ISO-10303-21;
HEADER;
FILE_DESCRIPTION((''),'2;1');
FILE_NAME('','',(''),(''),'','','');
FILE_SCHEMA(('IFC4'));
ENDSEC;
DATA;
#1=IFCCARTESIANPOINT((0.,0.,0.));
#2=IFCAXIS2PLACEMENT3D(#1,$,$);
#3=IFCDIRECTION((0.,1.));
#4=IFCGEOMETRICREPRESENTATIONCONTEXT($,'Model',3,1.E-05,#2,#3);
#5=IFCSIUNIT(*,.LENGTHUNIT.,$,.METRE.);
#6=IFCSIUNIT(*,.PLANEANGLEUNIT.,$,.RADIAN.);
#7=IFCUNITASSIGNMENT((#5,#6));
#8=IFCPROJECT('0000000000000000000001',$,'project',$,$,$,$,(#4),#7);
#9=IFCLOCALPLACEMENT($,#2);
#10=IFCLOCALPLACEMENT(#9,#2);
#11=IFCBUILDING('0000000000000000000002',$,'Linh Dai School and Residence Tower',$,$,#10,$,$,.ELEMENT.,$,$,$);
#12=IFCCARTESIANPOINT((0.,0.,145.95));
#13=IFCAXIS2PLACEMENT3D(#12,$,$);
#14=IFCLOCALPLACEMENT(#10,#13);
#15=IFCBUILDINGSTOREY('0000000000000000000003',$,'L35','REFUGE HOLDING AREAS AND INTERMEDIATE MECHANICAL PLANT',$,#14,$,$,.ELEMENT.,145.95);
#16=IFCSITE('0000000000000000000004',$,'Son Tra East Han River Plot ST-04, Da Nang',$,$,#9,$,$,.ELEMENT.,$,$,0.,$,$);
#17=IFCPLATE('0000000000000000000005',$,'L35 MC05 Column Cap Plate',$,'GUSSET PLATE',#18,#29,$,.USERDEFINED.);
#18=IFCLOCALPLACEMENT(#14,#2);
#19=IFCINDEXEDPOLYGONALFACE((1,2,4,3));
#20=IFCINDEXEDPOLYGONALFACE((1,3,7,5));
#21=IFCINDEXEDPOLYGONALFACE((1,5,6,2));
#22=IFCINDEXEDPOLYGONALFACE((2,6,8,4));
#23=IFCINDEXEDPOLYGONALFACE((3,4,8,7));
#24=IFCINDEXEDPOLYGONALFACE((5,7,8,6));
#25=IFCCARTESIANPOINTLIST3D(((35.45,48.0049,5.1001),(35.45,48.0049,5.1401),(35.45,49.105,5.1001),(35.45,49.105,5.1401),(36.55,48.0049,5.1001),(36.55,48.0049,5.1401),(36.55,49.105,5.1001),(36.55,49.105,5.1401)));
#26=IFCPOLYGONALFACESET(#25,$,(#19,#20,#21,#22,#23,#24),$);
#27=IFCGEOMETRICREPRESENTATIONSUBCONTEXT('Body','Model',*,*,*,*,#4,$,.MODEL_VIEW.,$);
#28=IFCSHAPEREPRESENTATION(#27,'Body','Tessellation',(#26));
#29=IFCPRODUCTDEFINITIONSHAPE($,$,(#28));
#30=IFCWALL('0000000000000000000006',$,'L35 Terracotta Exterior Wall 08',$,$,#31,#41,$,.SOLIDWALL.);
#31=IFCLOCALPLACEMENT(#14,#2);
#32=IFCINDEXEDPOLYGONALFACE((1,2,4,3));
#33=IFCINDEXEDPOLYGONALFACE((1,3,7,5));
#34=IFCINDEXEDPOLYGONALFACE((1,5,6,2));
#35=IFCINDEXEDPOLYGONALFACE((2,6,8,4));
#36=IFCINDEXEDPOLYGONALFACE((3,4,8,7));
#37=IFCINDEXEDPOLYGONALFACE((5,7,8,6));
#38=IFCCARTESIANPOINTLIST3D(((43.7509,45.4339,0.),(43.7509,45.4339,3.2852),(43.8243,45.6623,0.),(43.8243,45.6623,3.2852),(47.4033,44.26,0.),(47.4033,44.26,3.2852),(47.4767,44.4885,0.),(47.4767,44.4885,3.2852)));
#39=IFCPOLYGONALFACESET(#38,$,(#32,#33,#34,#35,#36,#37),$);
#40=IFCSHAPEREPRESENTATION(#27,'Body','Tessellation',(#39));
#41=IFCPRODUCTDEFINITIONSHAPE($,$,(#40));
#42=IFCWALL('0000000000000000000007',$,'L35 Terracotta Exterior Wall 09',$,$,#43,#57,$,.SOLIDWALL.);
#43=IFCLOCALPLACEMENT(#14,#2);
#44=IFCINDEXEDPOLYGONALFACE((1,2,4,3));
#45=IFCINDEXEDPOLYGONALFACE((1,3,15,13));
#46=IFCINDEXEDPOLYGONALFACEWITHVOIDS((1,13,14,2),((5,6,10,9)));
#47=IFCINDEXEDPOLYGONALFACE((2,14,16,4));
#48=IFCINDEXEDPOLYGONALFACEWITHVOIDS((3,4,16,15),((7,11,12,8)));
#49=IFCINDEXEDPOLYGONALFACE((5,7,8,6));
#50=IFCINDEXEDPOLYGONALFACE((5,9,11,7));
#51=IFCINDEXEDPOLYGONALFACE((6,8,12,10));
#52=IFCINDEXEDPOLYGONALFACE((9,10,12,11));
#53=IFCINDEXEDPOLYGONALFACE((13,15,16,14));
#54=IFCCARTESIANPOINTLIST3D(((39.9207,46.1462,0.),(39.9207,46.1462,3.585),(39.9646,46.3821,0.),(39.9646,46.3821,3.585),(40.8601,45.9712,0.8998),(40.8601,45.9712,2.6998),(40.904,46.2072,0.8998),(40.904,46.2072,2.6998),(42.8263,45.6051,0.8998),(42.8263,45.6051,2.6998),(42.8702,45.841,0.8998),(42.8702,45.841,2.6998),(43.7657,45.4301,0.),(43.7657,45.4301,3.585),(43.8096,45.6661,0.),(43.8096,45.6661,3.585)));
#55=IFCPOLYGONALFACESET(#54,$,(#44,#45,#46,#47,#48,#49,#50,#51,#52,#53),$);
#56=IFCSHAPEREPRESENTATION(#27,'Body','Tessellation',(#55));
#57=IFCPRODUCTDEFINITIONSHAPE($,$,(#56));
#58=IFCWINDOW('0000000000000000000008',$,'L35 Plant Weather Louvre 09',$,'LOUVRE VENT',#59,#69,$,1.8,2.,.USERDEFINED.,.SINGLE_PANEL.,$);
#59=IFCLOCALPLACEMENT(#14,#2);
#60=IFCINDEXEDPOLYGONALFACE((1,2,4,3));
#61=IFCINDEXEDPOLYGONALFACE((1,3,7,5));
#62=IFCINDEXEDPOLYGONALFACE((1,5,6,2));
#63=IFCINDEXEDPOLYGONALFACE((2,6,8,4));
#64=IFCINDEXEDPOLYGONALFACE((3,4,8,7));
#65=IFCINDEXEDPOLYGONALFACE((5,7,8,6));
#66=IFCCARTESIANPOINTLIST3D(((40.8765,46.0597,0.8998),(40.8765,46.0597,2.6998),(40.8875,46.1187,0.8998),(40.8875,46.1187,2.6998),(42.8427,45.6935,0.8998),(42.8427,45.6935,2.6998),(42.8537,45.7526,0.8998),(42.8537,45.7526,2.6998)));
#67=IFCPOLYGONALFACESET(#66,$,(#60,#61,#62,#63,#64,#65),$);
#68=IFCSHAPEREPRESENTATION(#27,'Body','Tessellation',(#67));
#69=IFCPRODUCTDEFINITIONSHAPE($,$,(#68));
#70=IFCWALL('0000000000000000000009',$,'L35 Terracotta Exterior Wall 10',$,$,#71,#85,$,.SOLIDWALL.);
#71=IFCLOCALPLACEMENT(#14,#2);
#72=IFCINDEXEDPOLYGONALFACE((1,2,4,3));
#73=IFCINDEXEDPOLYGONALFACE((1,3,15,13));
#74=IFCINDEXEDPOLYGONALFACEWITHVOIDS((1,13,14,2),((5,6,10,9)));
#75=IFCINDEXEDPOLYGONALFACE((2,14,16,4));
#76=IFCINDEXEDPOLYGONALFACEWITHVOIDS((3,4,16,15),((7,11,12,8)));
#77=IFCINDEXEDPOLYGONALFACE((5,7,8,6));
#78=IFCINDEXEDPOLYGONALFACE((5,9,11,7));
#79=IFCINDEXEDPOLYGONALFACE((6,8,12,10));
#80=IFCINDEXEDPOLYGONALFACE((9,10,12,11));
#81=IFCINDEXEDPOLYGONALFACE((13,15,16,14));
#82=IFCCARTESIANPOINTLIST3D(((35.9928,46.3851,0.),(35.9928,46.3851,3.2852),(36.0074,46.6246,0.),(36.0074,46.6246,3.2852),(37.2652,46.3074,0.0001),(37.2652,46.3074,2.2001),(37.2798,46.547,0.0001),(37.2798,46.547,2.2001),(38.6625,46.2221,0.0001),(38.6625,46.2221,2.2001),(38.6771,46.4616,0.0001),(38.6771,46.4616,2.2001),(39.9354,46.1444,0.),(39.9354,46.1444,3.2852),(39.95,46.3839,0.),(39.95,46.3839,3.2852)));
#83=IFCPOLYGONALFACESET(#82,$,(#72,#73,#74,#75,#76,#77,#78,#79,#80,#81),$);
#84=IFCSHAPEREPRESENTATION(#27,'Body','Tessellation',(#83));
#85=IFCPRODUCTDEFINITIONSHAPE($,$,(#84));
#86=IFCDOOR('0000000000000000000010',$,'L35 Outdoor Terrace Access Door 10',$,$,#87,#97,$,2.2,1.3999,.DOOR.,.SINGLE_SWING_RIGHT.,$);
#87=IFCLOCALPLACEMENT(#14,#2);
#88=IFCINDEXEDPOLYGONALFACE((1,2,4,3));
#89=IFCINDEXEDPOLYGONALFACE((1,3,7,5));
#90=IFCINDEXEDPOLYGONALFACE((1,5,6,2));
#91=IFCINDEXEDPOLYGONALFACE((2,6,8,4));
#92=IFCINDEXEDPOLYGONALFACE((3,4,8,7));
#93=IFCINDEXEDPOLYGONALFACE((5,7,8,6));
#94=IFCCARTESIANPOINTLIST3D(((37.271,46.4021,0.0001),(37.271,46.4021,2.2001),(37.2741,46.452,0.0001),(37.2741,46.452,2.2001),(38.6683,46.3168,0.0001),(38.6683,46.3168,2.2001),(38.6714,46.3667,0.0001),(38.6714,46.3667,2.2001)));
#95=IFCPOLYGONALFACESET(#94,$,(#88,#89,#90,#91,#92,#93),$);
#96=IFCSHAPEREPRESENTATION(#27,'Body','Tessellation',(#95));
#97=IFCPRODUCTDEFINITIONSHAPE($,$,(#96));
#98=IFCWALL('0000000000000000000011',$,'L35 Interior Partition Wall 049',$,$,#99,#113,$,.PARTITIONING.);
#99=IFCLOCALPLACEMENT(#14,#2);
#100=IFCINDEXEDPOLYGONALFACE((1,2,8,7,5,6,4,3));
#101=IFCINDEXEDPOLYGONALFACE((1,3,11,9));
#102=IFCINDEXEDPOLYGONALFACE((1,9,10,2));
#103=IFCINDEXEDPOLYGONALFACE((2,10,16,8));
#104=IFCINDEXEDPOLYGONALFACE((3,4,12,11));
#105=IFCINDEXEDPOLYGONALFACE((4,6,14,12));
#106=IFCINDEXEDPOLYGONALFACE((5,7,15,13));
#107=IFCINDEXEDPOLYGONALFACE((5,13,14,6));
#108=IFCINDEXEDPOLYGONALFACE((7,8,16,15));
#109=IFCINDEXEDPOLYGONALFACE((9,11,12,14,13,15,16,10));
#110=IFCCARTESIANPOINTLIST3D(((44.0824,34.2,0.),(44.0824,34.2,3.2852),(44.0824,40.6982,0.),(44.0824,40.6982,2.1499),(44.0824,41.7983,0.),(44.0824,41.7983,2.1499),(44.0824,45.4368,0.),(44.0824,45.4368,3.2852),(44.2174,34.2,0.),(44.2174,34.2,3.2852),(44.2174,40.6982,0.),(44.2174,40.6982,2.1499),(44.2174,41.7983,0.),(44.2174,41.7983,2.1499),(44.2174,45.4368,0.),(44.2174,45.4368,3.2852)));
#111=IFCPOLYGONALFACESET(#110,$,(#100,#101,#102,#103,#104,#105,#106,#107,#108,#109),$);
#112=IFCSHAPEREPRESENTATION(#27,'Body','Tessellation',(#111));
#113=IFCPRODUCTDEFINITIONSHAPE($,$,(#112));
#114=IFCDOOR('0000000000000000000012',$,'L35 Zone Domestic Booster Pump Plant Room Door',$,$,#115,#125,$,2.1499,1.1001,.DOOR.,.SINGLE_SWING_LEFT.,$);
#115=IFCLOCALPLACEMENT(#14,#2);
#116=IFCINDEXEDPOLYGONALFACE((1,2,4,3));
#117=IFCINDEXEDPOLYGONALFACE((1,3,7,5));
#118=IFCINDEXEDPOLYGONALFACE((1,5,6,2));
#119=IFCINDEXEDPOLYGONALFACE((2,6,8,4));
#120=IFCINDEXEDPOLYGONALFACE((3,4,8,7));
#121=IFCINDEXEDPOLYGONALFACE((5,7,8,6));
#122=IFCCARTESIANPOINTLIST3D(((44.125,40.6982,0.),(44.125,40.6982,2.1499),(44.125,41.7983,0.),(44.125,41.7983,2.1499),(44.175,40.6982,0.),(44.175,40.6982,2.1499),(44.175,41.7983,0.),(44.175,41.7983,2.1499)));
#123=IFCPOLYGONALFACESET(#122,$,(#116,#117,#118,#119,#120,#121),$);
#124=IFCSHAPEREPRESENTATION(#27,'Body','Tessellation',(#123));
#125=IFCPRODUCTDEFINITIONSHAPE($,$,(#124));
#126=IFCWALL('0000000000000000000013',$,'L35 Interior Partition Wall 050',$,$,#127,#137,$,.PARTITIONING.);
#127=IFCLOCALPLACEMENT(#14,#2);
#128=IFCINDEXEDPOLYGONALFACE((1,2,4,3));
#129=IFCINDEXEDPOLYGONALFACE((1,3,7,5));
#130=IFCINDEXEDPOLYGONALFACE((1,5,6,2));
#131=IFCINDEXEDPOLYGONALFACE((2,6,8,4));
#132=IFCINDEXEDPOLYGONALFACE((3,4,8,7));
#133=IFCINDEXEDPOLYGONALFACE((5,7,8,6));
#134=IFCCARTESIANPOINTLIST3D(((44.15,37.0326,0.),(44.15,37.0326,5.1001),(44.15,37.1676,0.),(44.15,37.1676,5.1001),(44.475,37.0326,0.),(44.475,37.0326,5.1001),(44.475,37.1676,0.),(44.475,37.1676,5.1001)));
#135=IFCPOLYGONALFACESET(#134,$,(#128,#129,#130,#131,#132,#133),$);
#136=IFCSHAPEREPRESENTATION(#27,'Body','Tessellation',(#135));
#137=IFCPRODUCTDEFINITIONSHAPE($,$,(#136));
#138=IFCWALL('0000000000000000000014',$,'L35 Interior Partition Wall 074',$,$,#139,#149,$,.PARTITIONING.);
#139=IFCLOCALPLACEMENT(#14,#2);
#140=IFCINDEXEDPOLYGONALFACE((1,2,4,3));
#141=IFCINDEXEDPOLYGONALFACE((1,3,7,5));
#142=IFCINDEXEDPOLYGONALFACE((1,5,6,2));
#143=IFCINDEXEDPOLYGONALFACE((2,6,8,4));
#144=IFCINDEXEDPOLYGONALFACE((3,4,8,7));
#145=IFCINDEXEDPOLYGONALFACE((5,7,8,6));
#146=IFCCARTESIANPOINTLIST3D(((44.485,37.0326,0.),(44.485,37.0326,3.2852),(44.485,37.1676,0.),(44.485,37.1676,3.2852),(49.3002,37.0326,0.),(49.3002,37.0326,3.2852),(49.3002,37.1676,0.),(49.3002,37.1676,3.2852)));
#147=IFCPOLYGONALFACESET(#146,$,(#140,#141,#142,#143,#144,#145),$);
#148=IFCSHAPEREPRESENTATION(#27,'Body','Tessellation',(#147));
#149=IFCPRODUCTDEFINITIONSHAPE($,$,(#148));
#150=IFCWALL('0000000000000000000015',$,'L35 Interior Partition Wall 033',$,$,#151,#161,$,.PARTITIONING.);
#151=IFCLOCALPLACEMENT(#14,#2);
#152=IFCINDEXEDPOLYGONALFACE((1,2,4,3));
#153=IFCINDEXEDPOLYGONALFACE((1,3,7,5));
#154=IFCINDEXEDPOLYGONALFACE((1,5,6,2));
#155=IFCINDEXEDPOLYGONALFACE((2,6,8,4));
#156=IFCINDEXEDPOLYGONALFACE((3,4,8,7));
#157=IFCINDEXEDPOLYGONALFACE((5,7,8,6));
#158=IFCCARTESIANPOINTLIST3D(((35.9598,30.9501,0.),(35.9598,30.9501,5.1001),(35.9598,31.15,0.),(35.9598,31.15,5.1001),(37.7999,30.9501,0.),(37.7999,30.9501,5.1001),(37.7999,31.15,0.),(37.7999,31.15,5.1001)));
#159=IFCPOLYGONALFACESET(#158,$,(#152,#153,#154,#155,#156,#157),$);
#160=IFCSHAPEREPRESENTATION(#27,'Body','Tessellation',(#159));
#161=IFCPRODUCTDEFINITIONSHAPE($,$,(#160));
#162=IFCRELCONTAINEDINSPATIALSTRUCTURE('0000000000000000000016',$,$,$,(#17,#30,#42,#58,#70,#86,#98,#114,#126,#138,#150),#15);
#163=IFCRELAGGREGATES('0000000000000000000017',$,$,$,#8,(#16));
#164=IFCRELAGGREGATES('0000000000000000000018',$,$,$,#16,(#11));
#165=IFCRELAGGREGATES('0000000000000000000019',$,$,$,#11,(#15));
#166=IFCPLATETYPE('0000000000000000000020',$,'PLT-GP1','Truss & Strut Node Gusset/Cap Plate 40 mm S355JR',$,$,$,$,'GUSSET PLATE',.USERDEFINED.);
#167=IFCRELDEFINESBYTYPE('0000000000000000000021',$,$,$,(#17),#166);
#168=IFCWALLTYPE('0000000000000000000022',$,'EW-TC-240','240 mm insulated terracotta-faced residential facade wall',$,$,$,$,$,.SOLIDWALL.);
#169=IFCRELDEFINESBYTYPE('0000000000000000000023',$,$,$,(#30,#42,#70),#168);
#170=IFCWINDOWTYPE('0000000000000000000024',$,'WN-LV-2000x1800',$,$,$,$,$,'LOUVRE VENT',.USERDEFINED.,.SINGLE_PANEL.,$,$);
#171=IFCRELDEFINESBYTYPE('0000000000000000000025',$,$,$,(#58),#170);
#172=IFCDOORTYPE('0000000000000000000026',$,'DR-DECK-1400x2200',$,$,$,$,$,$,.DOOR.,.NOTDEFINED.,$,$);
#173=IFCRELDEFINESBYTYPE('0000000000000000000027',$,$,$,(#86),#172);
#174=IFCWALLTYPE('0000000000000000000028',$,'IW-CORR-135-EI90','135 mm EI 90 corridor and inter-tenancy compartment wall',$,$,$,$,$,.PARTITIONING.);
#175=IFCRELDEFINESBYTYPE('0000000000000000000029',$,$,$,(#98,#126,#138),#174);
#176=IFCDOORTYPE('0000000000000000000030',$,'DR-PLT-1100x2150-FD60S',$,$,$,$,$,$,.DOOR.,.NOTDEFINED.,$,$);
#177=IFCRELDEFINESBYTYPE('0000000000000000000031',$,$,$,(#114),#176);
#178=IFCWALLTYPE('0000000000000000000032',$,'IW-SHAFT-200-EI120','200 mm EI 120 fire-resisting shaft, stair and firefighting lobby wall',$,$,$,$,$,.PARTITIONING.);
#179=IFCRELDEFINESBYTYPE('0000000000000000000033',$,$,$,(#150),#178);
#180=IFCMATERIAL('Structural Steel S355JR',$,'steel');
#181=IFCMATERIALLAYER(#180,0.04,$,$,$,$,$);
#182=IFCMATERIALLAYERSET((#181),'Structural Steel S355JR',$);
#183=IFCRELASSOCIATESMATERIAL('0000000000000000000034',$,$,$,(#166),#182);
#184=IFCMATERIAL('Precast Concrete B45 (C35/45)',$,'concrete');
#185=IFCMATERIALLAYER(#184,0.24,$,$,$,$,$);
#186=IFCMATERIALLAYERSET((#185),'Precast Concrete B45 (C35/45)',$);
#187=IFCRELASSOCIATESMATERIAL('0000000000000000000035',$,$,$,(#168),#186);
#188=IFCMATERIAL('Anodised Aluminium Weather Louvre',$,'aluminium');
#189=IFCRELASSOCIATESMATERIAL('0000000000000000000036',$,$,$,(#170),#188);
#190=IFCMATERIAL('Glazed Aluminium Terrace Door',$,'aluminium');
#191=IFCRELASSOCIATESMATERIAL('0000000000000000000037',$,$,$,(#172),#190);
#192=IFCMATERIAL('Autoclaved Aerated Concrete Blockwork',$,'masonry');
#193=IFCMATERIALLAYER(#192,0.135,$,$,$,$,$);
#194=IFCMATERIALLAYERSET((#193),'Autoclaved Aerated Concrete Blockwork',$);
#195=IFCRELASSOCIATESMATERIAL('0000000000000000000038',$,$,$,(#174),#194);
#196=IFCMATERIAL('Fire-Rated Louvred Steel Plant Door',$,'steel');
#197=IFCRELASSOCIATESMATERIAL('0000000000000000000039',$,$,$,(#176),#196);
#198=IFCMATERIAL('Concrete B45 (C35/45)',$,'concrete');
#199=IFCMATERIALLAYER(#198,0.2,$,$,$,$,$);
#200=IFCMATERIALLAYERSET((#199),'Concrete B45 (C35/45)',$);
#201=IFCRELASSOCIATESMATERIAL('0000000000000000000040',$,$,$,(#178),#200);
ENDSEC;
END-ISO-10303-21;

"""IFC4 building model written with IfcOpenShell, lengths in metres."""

from ifc_helpers import new_model, si_unit, direction, frame, frame_2d, origin, origin_2d, place, context, subcontext, project, spatial, rectangle, extrude, source, transform, mapped, material, layer, layer_set, type_object, element, fill, save


model = new_model("IFC4")

# Units and contexts
model_context = context("Model", 3, precision=1e-05, world=origin(), true_north=direction((0.0, 1.0)))
body_context = subcontext(model_context, "Body", "Model", "MODEL_VIEW")
ifc_project = project(units=[si_unit("LENGTHUNIT", "METRE"), si_unit("PLANEANGLEUNIT", "RADIAN")], contexts=[model_context])

# Site, building, storey
site_placement = place(None, origin())
site = spatial("IfcSite", under=ifc_project, at=site_placement, Name="Son Tra East Han River Plot ST-04, Da Nang", CompositionType="ELEMENT", RefElevation=0.0)
building_placement = place(site_placement, origin())
building = spatial("IfcBuilding", under=site, at=building_placement, Name="Linh Dai School and Residence Tower", CompositionType="ELEMENT")
storey_placement = place(building_placement, frame((0.0, 0.0, 145.95)))
storey = spatial("IfcBuildingStorey", under=building, at=storey_placement, Name="L35", Description="REFUGE HOLDING AREAS AND INTERMEDIATE MECHANICAL PLANT", CompositionType="ELEMENT", Elevation=145.95)

# Shared definitions
ifc_material_1 = material(Name="Structural Steel S355JR", Category="steel")

# Plate
ifc_layer_1 = layer(ifc_material_1, 0.04)
ifc_layer_set_1 = layer_set([ifc_layer_1], Name="Structural Steel S355JR")
plate_type = type_object("IfcPlateType", Name="PLT-GP1", Description="Truss & Strut Node Gusset/Cap Plate 40 mm S355JR", ElementType="GUSSET PLATE", PredefinedType="USERDEFINED", material=ifc_layer_set_1)
shared_shape_1 = source(origin(), body_context, "Body", "SweptSolid", [
    extrude(rectangle(XDim=1.1001, YDim=1.1001, at=origin_2d()), origin(), (0.0, 0.0, 1.0), 0.04),
])
plate_placement = place(storey_placement, frame((36.0, 48.5549, 5.1001), z_axis=(0.0, 0.0, 1.0), x_axis=(1.0, 0.0, 0.0)))
element("IfcPlate", 1, at=plate_placement, inside=storey, type_object=plate_type, Name="L35 MC05 Column Cap Plate", ObjectType="GUSSET PLATE", PredefinedType="USERDEFINED", context=body_context, shape_type="MappedRepresentation", body=[
    mapped(shared_shape_1, transform((0.0, 0.0, 0.0), x_axis=(1.0, 0.0, 0.0), y_axis=(0.0, 1.0, 0.0), z_axis=(0.0, 0.0, 1.0), scale=1.0)),
])

# Wall
ifc_material_2 = material(Name="Precast Concrete B45 (C35/45)", Category="concrete")
ifc_layer_2 = layer(ifc_material_2, 0.24)
ifc_layer_set_2 = layer_set([ifc_layer_2], Name="Precast Concrete B45 (C35/45)")
wall_type_1 = type_object("IfcWallType", Name="EW-TC-240", Description="240 mm insulated terracotta-faced residential facade wall", PredefinedType="SOLIDWALL", material=ifc_layer_set_2)
wall_1_placement = place(storey_placement, frame((43.7876, 45.5481, 0.0), z_axis=(0.0, 0.0, 1.0), x_axis=(0.952039, -0.305976, 0.0)))
element("IfcWall", 2, at=wall_1_placement, inside=storey, type_object=wall_type_1, Name="L35 Terracotta Exterior Wall 08", PredefinedType="SOLIDWALL", context=body_context, shape_type="SweptSolid", body=[
    extrude(rectangle(XDim=3.8364, YDim=0.24, at=frame_2d((1.9182, 0.0))), origin(), (0.0, 0.0, 1.0), 3.2852),
])

# Wall, opening, window
wall_2_placement = place(storey_placement, frame((39.9426, 46.2642, 0.0), z_axis=(0.0, 0.0, 1.0), x_axis=(0.983097, -0.183086, 0.0)))
wall_2 = element("IfcWall", 3, at=wall_2_placement, inside=storey, type_object=wall_type_1, Name="L35 Terracotta Exterior Wall 09", PredefinedType="SOLIDWALL", context=body_context, shape_type="SweptSolid", body=[
    extrude(rectangle(XDim=3.9111, YDim=0.24, at=frame_2d((1.9556, 0.0))), origin(), (0.0, 0.0, 1.0), 3.585),
])
opening_1_placement = place(wall_2_placement, frame((0.9556, 0.0, 0.8999)))
opening_1 = element("IfcOpeningElement", 4, at=opening_1_placement, cuts=wall_2, PredefinedType="OPENING", context=body_context, shape_type="SweptSolid", body=[
    extrude(rectangle(XDim=2.0, YDim=1.8, at=origin_2d()), frame((1.0, 0.1299, 0.8999), z_axis=(0.0, -1.0, 0.0), x_axis=(1.0, 0.0, 0.0)), (0.0, 0.0, 1.0), 0.26),
])
ifc_material_3 = material(Name="Anodised Aluminium Weather Louvre", Category="aluminium")
window_type = type_object("IfcWindowType", Name="WN-LV-2000x1800", ElementType="LOUVRE VENT", PartitioningType="SINGLE_PANEL", PredefinedType="USERDEFINED", material=ifc_material_3)
shared_shape_2 = source(origin(), body_context, "Body", "SweptSolid", [
    extrude(rectangle(XDim=2.0, YDim=1.8, at=origin_2d()), frame((1.0, 0.03, 0.8999), z_axis=(0.0, -1.0, 0.0), x_axis=(1.0, 0.0, 0.0)), (0.0, 0.0, 1.0), 0.0601),
])
window_placement = place(opening_1_placement, origin())
window = element("IfcWindow", 5, at=window_placement, inside=storey, type_object=window_type, Name="L35 Plant Weather Louvre 09", ObjectType="LOUVRE VENT", OverallHeight=1.8, OverallWidth=2.0, PartitioningType="SINGLE_PANEL", PredefinedType="USERDEFINED", context=body_context, shape_type="MappedRepresentation", body=[
    mapped(shared_shape_2, transform((0.0, 0.0, 0.0), x_axis=(1.0, 0.0, 0.0), y_axis=(0.0, 1.0, 0.0), z_axis=(0.0, 0.0, 1.0), scale=1.0)),
])
fill(opening_1, window)

# Walls, openings, doors
wall_3_placement = place(storey_placement, frame((36.0, 46.5049, 0.0), z_axis=(0.0, 0.0, 1.0), x_axis=(0.998141, -0.060943, 0.0)))
wall_3 = element("IfcWall", 6, at=wall_3_placement, inside=storey, type_object=wall_type_1, Name="L35 Terracotta Exterior Wall 10", PredefinedType="SOLIDWALL", context=body_context, shape_type="SweptSolid", body=[
    extrude(rectangle(XDim=3.95, YDim=0.24, at=frame_2d((1.9751, 0.0))), origin(), (0.0, 0.0, 1.0), 3.2852),
])
opening_2_placement = place(wall_3_placement, frame((1.2749, 0.0, 0.0)))
opening_2 = element("IfcOpeningElement", 7, at=opening_2_placement, cuts=wall_3, PredefinedType="OPENING", context=body_context, shape_type="SweptSolid", body=[
    extrude(rectangle(XDim=1.3999, YDim=2.2, at=origin_2d()), frame((0.7, 0.1299, 1.1001), z_axis=(0.0, -1.0, 0.0), x_axis=(1.0, 0.0, 0.0)), (0.0, 0.0, 1.0), 0.26),
])
ifc_material_4 = material(Name="Glazed Aluminium Terrace Door", Category="aluminium")
door_type_1 = type_object("IfcDoorType", Name="DR-DECK-1400x2200", OperationType="NOTDEFINED", PredefinedType="DOOR", material=ifc_material_4)
shared_shape_3 = source(origin(), body_context, "Body", "SweptSolid", [
    extrude(rectangle(XDim=1.3999, YDim=2.2, at=origin_2d()), frame((0.7, 0.0249, 1.1001), z_axis=(0.0, -1.0, 0.0), x_axis=(1.0, 0.0, 0.0)), (0.0, 0.0, 1.0), 0.05),
])
door_1_placement = place(opening_2_placement, origin())
door_1 = element("IfcDoor", 8, at=door_1_placement, inside=storey, type_object=door_type_1, Name="L35 Outdoor Terrace Access Door 10", OperationType="SINGLE_SWING_RIGHT", OverallHeight=2.2, OverallWidth=1.3999, PredefinedType="DOOR", context=body_context, shape_type="MappedRepresentation", body=[
    mapped(shared_shape_3, transform((0.0, 0.0, 0.0), x_axis=(1.0, 0.0, 0.0), y_axis=(0.0, 1.0, 0.0), z_axis=(0.0, 0.0, 1.0), scale=1.0)),
])
fill(opening_2, door_1)
ifc_material_5 = material(Name="Autoclaved Aerated Concrete Blockwork", Category="masonry")
ifc_layer_3 = layer(ifc_material_5, 0.135)
ifc_layer_set_3 = layer_set([ifc_layer_3], Name="Autoclaved Aerated Concrete Blockwork")
wall_type_2 = type_object("IfcWallType", Name="IW-CORR-135-EI90", Description="135 mm EI 90 corridor and inter-tenancy compartment wall", PredefinedType="PARTITIONING", material=ifc_layer_set_3)
wall_4_placement = place(storey_placement, frame((44.1499, 34.2, 0.0), z_axis=(0.0, 0.0, 1.0), x_axis=(0.0, 1.0, 0.0)))
wall_4 = element("IfcWall", 9, at=wall_4_placement, inside=storey, type_object=wall_type_2, Name="L35 Interior Partition Wall 049", PredefinedType="PARTITIONING", context=body_context, shape_type="SweptSolid", body=[
    extrude(rectangle(XDim=11.2368, YDim=0.135, at=frame_2d((5.6184, 0.0))), origin(), (0.0, 0.0, 1.0), 3.2852),
])
opening_3_placement = place(wall_4_placement, frame((6.4983, 0.0, 0.0)))
opening_3 = element("IfcOpeningElement", 10, at=opening_3_placement, cuts=wall_4, PredefinedType="OPENING", context=body_context, shape_type="SweptSolid", body=[
    extrude(rectangle(XDim=1.1001, YDim=2.1499, at=origin_2d()), frame((0.55, 0.0776, 1.075), z_axis=(0.0, -1.0, 0.0), x_axis=(1.0, 0.0, 0.0)), (0.0, 0.0, 1.0), 0.155),
])
ifc_material_6 = material(Name="Fire-Rated Louvred Steel Plant Door", Category="steel")
door_type_2 = type_object("IfcDoorType", Name="DR-PLT-1100x2150-FD60S", OperationType="NOTDEFINED", PredefinedType="DOOR", material=ifc_material_6)
shared_shape_4 = source(origin(), body_context, "Body", "SweptSolid", [
    extrude(rectangle(XDim=1.1001, YDim=2.1499, at=origin_2d()), frame((0.55, 0.0249, 1.075), z_axis=(0.0, -1.0, 0.0), x_axis=(1.0, 0.0, 0.0)), (0.0, 0.0, 1.0), 0.05),
])
door_2_placement = place(opening_3_placement, origin())
door_2 = element("IfcDoor", 11, at=door_2_placement, inside=storey, type_object=door_type_2, Name="L35 Zone Domestic Booster Pump Plant Room Door", OperationType="SINGLE_SWING_LEFT", OverallHeight=2.1499, OverallWidth=1.1001, PredefinedType="DOOR", context=body_context, shape_type="MappedRepresentation", body=[
    mapped(shared_shape_4, transform((0.0, 0.0, 0.0), x_axis=(1.0, 0.0, 0.0), y_axis=(0.0, 1.0, 0.0), z_axis=(0.0, 0.0, 1.0), scale=1.0)),
])
fill(opening_3, door_2)

# Walls
wall_5_placement = place(storey_placement, frame((44.1499, 37.1001, 0.0), z_axis=(0.0, 0.0, 1.0), x_axis=(1.0, 0.0, 0.0)))
element("IfcWall", 12, at=wall_5_placement, inside=storey, type_object=wall_type_2, Name="L35 Interior Partition Wall 050", PredefinedType="PARTITIONING", context=body_context, shape_type="SweptSolid", body=[
    extrude(rectangle(XDim=0.325, YDim=0.135, at=frame_2d((0.1626, 0.0))), origin(), (0.0, 0.0, 1.0), 5.1001),
])
wall_6_placement = place(storey_placement, frame((44.4849, 37.1001, 0.0), z_axis=(0.0, 0.0, 1.0), x_axis=(1.0, 0.0, 0.0)))
element("IfcWall", 13, at=wall_6_placement, inside=storey, type_object=wall_type_2, Name="L35 Interior Partition Wall 074", PredefinedType="PARTITIONING", context=body_context, shape_type="SweptSolid", body=[
    extrude(rectangle(XDim=4.8152, YDim=0.135, at=frame_2d((2.4077, 0.0))), origin(), (0.0, 0.0, 1.0), 3.2852),
])
ifc_material_7 = material(Name="Concrete B45 (C35/45)", Category="concrete")
ifc_layer_4 = layer(ifc_material_7, 0.2)
ifc_layer_set_4 = layer_set([ifc_layer_4], Name="Concrete B45 (C35/45)")
wall_type_3 = type_object("IfcWallType", Name="IW-SHAFT-200-EI120", Description="200 mm EI 120 fire-resisting shaft, stair and firefighting lobby wall", PredefinedType="PARTITIONING", material=ifc_layer_set_4)
wall_7_placement = place(storey_placement, frame((35.96, 31.05, 0.0), z_axis=(0.0, 0.0, 1.0), x_axis=(1.0, 0.0, 0.0)))
element("IfcWall", 14, at=wall_7_placement, inside=storey, type_object=wall_type_3, Name="L35 Interior Partition Wall 033", PredefinedType="PARTITIONING", context=body_context, shape_type="SweptSolid", body=[
    extrude(rectangle(XDim=1.8401, YDim=0.2, at=frame_2d((0.9199, 0.0))), origin(), (0.0, 0.0, 1.0), 5.1001),
])

save(model, "model.ifc")
